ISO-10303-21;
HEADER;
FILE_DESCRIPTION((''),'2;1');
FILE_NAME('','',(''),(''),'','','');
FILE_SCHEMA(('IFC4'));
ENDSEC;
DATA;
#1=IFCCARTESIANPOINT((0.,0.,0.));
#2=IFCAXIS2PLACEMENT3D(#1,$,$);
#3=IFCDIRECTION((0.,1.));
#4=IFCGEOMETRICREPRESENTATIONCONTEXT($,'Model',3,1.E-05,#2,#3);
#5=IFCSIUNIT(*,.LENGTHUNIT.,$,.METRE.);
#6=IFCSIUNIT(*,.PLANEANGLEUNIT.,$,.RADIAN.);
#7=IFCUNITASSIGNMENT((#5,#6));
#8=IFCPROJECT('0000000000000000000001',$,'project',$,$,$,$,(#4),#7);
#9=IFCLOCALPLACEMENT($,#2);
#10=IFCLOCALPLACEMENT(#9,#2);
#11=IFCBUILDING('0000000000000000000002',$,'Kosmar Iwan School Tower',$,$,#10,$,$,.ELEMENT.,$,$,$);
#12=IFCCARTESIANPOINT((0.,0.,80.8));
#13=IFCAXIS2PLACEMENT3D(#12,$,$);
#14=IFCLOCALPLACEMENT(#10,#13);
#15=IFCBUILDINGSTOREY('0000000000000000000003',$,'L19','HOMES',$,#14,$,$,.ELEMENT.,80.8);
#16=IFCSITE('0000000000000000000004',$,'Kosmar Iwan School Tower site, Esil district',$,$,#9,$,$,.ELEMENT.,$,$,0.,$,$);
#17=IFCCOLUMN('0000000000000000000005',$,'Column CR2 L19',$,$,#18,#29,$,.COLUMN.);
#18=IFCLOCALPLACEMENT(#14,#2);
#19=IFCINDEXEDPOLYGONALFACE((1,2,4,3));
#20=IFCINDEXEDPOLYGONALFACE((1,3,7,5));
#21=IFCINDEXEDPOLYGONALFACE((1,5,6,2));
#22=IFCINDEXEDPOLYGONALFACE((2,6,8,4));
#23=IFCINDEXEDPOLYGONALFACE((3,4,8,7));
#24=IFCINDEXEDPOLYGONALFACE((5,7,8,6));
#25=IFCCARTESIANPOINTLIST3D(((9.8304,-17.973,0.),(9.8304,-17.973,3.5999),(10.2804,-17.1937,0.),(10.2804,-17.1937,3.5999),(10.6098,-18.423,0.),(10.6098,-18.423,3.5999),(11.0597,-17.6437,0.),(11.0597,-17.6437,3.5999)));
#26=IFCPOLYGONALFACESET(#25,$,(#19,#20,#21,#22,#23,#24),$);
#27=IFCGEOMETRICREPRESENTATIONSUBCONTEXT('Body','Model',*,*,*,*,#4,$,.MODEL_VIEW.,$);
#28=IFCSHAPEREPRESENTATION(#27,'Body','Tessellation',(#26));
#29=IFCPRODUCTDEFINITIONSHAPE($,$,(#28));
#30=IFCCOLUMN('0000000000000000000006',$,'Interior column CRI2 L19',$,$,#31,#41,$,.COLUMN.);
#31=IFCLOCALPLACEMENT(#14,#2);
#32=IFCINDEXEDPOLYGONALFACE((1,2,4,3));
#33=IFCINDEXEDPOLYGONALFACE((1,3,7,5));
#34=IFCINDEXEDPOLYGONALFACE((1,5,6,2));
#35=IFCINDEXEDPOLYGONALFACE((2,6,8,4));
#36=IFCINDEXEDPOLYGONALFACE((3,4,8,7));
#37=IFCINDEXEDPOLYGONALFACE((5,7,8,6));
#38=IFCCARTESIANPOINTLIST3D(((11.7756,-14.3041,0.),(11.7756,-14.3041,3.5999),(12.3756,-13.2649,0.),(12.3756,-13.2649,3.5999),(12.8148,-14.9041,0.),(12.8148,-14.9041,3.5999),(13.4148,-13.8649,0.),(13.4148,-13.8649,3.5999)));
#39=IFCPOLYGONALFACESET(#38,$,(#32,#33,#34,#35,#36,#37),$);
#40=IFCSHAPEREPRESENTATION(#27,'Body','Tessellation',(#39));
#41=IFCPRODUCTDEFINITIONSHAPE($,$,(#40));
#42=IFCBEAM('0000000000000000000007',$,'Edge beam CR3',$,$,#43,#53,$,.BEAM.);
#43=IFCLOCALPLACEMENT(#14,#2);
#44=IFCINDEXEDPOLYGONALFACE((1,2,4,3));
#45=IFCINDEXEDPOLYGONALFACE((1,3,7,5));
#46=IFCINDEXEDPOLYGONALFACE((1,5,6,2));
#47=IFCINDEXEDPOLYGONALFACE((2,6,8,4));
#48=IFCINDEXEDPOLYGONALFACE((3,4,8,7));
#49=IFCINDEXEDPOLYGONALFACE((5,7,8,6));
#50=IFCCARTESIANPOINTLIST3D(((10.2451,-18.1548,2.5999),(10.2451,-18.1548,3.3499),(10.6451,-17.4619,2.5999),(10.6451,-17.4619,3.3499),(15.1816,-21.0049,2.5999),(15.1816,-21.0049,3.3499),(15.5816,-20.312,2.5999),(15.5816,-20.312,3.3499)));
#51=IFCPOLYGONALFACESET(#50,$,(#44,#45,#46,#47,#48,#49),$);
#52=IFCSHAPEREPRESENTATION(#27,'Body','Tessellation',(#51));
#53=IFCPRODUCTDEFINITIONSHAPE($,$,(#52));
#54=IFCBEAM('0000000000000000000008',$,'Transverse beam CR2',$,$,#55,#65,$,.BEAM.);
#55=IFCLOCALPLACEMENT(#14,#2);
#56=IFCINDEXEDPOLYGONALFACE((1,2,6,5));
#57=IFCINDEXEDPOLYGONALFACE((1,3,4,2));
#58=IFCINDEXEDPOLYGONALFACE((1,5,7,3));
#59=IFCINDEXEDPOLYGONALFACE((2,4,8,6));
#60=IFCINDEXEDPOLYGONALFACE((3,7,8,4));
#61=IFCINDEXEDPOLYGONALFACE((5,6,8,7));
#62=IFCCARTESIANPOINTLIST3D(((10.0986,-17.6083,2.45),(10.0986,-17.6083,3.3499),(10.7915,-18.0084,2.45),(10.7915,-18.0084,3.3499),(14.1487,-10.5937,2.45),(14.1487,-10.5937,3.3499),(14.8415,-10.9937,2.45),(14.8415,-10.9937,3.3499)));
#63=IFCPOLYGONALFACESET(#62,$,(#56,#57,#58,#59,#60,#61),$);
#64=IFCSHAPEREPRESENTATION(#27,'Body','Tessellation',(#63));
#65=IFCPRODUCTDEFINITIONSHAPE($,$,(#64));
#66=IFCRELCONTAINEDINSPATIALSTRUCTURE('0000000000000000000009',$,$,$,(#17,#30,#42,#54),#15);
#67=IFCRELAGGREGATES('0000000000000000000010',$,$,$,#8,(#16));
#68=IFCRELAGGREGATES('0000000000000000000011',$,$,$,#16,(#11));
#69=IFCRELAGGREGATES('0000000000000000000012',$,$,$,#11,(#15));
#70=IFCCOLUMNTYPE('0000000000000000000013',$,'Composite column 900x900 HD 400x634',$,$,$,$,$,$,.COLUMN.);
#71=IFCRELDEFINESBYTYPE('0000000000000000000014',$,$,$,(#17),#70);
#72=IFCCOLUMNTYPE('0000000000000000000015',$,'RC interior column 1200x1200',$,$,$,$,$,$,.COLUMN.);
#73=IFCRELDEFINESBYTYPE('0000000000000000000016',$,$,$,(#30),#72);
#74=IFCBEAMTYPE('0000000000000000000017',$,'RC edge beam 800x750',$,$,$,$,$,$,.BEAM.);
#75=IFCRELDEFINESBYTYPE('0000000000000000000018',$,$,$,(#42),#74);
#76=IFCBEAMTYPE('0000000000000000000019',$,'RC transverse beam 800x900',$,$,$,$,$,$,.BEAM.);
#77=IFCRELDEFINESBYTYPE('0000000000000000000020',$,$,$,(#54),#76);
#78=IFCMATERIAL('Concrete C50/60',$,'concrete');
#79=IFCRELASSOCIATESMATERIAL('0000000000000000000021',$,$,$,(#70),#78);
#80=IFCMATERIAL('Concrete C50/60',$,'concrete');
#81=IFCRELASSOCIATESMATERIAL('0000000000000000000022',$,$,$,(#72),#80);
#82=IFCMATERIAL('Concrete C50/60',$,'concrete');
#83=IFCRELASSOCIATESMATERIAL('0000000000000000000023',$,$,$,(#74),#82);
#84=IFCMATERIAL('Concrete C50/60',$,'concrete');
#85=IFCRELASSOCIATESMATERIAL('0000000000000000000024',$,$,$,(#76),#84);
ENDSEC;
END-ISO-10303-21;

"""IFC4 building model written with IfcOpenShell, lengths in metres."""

from ifc_helpers import new_model, si_unit, direction, frame, origin, origin_2d, place, context, subcontext, project, spatial, rectangle, extrude, material, material_profile, profile_set, type_object, element, save


model = new_model("IFC4")

# Units and contexts
model_context = context("Model", 3, precision=1e-05, world=origin(), true_north=direction((0.0, 1.0)))
body_context = subcontext(model_context, "Body", "Model", "MODEL_VIEW")
ifc_project = project(units=[si_unit("LENGTHUNIT", "METRE"), si_unit("PLANEANGLEUNIT", "RADIAN")], contexts=[model_context])

# Site, building, storey
site_placement = place(None, origin())
site = spatial("IfcSite", under=ifc_project, at=site_placement, Name="Kosmar Iwan School Tower site, Esil district", CompositionType="ELEMENT", RefElevation=0.0)
building_placement = place(site_placement, origin())
building = spatial("IfcBuilding", under=site, at=building_placement, Name="Kosmar Iwan School Tower", CompositionType="ELEMENT")
storey_placement = place(building_placement, frame((0.0, 0.0, 80.8)))
storey = spatial("IfcBuildingStorey", under=building, at=storey_placement, Name="L19", Description="HOMES", CompositionType="ELEMENT", Elevation=80.8)

# Columns
ifc_material_1 = material(Name="Concrete C50/60", Category="concrete")
ifc_material_profile_1 = material_profile(ifc_material_1, rectangle(XDim=0.8999, YDim=0.8999, at=origin_2d()), Name="RC 900x900 + HD 400x634")
ifc_profile_set_1 = profile_set([ifc_material_profile_1], Name="Concrete C50/60")
column_type_1 = type_object("IfcColumnType", Name="Composite column 900x900 HD 400x634", PredefinedType="COLUMN", material=ifc_profile_set_1)
column_1_placement = place(storey_placement, frame((10.4451, -17.8083, 0.0), z_axis=(0.0, 0.0, 1.0), x_axis=(0.866025, -0.5, 0.0)))
element("IfcColumn", 1, at=column_1_placement, inside=storey, type_object=column_type_1, Name="Column CR2 L19", PredefinedType="COLUMN", context=body_context, shape_type="SweptSolid", body=[
    extrude(rectangle(XDim=0.8999, YDim=0.8999, at=origin_2d()), origin(), (0.0, 0.0, 1.0), 3.5999),
])
ifc_material_2 = material(Name="Concrete C50/60", Category="concrete")
ifc_material_profile_2 = material_profile(ifc_material_2, rectangle(XDim=1.2, YDim=1.2, at=origin_2d()), Name="RC 1200x1200")
ifc_profile_set_2 = profile_set([ifc_material_profile_2], Name="Concrete C50/60")
column_type_2 = type_object("IfcColumnType", Name="RC interior column 1200x1200", PredefinedType="COLUMN", material=ifc_profile_set_2)
column_2_placement = place(storey_placement, frame((12.5952, -14.0845, 0.0), z_axis=(0.0, 0.0, 1.0), x_axis=(0.866025, -0.5, 0.0)))
element("IfcColumn", 2, at=column_2_placement, inside=storey, type_object=column_type_2, Name="Interior column CRI2 L19", PredefinedType="COLUMN", context=body_context, shape_type="SweptSolid", body=[
    extrude(rectangle(XDim=1.2, YDim=1.2, at=origin_2d()), origin(), (0.0, 0.0, 1.0), 3.5999),
])

# Beams
ifc_material_3 = material(Name="Concrete C50/60", Category="concrete")
ifc_material_profile_3 = material_profile(ifc_material_3, rectangle(XDim=0.8, YDim=0.75, at=origin_2d()), Name="RC 800x750")
ifc_profile_set_3 = profile_set([ifc_material_profile_3], Name="Concrete C50/60")
beam_type_1 = type_object("IfcBeamType", Name="RC edge beam 800x750", PredefinedType="BEAM", material=ifc_profile_set_3)
beam_1_placement = place(storey_placement, frame((10.4451, -17.8083, 2.9749), z_axis=(0.866026, -0.499999, 0.0), x_axis=(0.499999, 0.866026, 0.0)))
element("IfcBeam", 3, at=beam_1_placement, inside=storey, type_object=beam_type_1, Name="Edge beam CR3", PredefinedType="BEAM", context=body_context, shape_type="SweptSolid", body=[
    extrude(rectangle(XDim=0.8, YDim=0.75, at=origin_2d()), origin(), (0.0, 0.0, 1.0), 5.7002),
])
ifc_material_4 = material(Name="Concrete C50/60", Category="concrete")
ifc_material_profile_4 = material_profile(ifc_material_4, rectangle(XDim=0.8, YDim=0.8999, at=origin_2d()), Name="RC 800x900")
ifc_profile_set_4 = profile_set([ifc_material_profile_4], Name="Concrete C50/60")
beam_type_2 = type_object("IfcBeamType", Name="RC transverse beam 800x900", PredefinedType="BEAM", material=ifc_profile_set_4)
beam_2_placement = place(storey_placement, frame((10.4451, -17.8083, 2.8999), z_axis=(0.500013, 0.866018, 0.0), x_axis=(-0.866018, 0.500013, 0.0)))
element("IfcBeam", 4, at=beam_2_placement, inside=storey, type_object=beam_type_2, Name="Transverse beam CR2", PredefinedType="BEAM", context=body_context, shape_type="SweptSolid", body=[
    extrude(rectangle(XDim=0.8, YDim=0.8999, at=origin_2d()), origin(), (0.0, 0.0, 1.0), 8.0999),
])

save(model, "model.ifc")
